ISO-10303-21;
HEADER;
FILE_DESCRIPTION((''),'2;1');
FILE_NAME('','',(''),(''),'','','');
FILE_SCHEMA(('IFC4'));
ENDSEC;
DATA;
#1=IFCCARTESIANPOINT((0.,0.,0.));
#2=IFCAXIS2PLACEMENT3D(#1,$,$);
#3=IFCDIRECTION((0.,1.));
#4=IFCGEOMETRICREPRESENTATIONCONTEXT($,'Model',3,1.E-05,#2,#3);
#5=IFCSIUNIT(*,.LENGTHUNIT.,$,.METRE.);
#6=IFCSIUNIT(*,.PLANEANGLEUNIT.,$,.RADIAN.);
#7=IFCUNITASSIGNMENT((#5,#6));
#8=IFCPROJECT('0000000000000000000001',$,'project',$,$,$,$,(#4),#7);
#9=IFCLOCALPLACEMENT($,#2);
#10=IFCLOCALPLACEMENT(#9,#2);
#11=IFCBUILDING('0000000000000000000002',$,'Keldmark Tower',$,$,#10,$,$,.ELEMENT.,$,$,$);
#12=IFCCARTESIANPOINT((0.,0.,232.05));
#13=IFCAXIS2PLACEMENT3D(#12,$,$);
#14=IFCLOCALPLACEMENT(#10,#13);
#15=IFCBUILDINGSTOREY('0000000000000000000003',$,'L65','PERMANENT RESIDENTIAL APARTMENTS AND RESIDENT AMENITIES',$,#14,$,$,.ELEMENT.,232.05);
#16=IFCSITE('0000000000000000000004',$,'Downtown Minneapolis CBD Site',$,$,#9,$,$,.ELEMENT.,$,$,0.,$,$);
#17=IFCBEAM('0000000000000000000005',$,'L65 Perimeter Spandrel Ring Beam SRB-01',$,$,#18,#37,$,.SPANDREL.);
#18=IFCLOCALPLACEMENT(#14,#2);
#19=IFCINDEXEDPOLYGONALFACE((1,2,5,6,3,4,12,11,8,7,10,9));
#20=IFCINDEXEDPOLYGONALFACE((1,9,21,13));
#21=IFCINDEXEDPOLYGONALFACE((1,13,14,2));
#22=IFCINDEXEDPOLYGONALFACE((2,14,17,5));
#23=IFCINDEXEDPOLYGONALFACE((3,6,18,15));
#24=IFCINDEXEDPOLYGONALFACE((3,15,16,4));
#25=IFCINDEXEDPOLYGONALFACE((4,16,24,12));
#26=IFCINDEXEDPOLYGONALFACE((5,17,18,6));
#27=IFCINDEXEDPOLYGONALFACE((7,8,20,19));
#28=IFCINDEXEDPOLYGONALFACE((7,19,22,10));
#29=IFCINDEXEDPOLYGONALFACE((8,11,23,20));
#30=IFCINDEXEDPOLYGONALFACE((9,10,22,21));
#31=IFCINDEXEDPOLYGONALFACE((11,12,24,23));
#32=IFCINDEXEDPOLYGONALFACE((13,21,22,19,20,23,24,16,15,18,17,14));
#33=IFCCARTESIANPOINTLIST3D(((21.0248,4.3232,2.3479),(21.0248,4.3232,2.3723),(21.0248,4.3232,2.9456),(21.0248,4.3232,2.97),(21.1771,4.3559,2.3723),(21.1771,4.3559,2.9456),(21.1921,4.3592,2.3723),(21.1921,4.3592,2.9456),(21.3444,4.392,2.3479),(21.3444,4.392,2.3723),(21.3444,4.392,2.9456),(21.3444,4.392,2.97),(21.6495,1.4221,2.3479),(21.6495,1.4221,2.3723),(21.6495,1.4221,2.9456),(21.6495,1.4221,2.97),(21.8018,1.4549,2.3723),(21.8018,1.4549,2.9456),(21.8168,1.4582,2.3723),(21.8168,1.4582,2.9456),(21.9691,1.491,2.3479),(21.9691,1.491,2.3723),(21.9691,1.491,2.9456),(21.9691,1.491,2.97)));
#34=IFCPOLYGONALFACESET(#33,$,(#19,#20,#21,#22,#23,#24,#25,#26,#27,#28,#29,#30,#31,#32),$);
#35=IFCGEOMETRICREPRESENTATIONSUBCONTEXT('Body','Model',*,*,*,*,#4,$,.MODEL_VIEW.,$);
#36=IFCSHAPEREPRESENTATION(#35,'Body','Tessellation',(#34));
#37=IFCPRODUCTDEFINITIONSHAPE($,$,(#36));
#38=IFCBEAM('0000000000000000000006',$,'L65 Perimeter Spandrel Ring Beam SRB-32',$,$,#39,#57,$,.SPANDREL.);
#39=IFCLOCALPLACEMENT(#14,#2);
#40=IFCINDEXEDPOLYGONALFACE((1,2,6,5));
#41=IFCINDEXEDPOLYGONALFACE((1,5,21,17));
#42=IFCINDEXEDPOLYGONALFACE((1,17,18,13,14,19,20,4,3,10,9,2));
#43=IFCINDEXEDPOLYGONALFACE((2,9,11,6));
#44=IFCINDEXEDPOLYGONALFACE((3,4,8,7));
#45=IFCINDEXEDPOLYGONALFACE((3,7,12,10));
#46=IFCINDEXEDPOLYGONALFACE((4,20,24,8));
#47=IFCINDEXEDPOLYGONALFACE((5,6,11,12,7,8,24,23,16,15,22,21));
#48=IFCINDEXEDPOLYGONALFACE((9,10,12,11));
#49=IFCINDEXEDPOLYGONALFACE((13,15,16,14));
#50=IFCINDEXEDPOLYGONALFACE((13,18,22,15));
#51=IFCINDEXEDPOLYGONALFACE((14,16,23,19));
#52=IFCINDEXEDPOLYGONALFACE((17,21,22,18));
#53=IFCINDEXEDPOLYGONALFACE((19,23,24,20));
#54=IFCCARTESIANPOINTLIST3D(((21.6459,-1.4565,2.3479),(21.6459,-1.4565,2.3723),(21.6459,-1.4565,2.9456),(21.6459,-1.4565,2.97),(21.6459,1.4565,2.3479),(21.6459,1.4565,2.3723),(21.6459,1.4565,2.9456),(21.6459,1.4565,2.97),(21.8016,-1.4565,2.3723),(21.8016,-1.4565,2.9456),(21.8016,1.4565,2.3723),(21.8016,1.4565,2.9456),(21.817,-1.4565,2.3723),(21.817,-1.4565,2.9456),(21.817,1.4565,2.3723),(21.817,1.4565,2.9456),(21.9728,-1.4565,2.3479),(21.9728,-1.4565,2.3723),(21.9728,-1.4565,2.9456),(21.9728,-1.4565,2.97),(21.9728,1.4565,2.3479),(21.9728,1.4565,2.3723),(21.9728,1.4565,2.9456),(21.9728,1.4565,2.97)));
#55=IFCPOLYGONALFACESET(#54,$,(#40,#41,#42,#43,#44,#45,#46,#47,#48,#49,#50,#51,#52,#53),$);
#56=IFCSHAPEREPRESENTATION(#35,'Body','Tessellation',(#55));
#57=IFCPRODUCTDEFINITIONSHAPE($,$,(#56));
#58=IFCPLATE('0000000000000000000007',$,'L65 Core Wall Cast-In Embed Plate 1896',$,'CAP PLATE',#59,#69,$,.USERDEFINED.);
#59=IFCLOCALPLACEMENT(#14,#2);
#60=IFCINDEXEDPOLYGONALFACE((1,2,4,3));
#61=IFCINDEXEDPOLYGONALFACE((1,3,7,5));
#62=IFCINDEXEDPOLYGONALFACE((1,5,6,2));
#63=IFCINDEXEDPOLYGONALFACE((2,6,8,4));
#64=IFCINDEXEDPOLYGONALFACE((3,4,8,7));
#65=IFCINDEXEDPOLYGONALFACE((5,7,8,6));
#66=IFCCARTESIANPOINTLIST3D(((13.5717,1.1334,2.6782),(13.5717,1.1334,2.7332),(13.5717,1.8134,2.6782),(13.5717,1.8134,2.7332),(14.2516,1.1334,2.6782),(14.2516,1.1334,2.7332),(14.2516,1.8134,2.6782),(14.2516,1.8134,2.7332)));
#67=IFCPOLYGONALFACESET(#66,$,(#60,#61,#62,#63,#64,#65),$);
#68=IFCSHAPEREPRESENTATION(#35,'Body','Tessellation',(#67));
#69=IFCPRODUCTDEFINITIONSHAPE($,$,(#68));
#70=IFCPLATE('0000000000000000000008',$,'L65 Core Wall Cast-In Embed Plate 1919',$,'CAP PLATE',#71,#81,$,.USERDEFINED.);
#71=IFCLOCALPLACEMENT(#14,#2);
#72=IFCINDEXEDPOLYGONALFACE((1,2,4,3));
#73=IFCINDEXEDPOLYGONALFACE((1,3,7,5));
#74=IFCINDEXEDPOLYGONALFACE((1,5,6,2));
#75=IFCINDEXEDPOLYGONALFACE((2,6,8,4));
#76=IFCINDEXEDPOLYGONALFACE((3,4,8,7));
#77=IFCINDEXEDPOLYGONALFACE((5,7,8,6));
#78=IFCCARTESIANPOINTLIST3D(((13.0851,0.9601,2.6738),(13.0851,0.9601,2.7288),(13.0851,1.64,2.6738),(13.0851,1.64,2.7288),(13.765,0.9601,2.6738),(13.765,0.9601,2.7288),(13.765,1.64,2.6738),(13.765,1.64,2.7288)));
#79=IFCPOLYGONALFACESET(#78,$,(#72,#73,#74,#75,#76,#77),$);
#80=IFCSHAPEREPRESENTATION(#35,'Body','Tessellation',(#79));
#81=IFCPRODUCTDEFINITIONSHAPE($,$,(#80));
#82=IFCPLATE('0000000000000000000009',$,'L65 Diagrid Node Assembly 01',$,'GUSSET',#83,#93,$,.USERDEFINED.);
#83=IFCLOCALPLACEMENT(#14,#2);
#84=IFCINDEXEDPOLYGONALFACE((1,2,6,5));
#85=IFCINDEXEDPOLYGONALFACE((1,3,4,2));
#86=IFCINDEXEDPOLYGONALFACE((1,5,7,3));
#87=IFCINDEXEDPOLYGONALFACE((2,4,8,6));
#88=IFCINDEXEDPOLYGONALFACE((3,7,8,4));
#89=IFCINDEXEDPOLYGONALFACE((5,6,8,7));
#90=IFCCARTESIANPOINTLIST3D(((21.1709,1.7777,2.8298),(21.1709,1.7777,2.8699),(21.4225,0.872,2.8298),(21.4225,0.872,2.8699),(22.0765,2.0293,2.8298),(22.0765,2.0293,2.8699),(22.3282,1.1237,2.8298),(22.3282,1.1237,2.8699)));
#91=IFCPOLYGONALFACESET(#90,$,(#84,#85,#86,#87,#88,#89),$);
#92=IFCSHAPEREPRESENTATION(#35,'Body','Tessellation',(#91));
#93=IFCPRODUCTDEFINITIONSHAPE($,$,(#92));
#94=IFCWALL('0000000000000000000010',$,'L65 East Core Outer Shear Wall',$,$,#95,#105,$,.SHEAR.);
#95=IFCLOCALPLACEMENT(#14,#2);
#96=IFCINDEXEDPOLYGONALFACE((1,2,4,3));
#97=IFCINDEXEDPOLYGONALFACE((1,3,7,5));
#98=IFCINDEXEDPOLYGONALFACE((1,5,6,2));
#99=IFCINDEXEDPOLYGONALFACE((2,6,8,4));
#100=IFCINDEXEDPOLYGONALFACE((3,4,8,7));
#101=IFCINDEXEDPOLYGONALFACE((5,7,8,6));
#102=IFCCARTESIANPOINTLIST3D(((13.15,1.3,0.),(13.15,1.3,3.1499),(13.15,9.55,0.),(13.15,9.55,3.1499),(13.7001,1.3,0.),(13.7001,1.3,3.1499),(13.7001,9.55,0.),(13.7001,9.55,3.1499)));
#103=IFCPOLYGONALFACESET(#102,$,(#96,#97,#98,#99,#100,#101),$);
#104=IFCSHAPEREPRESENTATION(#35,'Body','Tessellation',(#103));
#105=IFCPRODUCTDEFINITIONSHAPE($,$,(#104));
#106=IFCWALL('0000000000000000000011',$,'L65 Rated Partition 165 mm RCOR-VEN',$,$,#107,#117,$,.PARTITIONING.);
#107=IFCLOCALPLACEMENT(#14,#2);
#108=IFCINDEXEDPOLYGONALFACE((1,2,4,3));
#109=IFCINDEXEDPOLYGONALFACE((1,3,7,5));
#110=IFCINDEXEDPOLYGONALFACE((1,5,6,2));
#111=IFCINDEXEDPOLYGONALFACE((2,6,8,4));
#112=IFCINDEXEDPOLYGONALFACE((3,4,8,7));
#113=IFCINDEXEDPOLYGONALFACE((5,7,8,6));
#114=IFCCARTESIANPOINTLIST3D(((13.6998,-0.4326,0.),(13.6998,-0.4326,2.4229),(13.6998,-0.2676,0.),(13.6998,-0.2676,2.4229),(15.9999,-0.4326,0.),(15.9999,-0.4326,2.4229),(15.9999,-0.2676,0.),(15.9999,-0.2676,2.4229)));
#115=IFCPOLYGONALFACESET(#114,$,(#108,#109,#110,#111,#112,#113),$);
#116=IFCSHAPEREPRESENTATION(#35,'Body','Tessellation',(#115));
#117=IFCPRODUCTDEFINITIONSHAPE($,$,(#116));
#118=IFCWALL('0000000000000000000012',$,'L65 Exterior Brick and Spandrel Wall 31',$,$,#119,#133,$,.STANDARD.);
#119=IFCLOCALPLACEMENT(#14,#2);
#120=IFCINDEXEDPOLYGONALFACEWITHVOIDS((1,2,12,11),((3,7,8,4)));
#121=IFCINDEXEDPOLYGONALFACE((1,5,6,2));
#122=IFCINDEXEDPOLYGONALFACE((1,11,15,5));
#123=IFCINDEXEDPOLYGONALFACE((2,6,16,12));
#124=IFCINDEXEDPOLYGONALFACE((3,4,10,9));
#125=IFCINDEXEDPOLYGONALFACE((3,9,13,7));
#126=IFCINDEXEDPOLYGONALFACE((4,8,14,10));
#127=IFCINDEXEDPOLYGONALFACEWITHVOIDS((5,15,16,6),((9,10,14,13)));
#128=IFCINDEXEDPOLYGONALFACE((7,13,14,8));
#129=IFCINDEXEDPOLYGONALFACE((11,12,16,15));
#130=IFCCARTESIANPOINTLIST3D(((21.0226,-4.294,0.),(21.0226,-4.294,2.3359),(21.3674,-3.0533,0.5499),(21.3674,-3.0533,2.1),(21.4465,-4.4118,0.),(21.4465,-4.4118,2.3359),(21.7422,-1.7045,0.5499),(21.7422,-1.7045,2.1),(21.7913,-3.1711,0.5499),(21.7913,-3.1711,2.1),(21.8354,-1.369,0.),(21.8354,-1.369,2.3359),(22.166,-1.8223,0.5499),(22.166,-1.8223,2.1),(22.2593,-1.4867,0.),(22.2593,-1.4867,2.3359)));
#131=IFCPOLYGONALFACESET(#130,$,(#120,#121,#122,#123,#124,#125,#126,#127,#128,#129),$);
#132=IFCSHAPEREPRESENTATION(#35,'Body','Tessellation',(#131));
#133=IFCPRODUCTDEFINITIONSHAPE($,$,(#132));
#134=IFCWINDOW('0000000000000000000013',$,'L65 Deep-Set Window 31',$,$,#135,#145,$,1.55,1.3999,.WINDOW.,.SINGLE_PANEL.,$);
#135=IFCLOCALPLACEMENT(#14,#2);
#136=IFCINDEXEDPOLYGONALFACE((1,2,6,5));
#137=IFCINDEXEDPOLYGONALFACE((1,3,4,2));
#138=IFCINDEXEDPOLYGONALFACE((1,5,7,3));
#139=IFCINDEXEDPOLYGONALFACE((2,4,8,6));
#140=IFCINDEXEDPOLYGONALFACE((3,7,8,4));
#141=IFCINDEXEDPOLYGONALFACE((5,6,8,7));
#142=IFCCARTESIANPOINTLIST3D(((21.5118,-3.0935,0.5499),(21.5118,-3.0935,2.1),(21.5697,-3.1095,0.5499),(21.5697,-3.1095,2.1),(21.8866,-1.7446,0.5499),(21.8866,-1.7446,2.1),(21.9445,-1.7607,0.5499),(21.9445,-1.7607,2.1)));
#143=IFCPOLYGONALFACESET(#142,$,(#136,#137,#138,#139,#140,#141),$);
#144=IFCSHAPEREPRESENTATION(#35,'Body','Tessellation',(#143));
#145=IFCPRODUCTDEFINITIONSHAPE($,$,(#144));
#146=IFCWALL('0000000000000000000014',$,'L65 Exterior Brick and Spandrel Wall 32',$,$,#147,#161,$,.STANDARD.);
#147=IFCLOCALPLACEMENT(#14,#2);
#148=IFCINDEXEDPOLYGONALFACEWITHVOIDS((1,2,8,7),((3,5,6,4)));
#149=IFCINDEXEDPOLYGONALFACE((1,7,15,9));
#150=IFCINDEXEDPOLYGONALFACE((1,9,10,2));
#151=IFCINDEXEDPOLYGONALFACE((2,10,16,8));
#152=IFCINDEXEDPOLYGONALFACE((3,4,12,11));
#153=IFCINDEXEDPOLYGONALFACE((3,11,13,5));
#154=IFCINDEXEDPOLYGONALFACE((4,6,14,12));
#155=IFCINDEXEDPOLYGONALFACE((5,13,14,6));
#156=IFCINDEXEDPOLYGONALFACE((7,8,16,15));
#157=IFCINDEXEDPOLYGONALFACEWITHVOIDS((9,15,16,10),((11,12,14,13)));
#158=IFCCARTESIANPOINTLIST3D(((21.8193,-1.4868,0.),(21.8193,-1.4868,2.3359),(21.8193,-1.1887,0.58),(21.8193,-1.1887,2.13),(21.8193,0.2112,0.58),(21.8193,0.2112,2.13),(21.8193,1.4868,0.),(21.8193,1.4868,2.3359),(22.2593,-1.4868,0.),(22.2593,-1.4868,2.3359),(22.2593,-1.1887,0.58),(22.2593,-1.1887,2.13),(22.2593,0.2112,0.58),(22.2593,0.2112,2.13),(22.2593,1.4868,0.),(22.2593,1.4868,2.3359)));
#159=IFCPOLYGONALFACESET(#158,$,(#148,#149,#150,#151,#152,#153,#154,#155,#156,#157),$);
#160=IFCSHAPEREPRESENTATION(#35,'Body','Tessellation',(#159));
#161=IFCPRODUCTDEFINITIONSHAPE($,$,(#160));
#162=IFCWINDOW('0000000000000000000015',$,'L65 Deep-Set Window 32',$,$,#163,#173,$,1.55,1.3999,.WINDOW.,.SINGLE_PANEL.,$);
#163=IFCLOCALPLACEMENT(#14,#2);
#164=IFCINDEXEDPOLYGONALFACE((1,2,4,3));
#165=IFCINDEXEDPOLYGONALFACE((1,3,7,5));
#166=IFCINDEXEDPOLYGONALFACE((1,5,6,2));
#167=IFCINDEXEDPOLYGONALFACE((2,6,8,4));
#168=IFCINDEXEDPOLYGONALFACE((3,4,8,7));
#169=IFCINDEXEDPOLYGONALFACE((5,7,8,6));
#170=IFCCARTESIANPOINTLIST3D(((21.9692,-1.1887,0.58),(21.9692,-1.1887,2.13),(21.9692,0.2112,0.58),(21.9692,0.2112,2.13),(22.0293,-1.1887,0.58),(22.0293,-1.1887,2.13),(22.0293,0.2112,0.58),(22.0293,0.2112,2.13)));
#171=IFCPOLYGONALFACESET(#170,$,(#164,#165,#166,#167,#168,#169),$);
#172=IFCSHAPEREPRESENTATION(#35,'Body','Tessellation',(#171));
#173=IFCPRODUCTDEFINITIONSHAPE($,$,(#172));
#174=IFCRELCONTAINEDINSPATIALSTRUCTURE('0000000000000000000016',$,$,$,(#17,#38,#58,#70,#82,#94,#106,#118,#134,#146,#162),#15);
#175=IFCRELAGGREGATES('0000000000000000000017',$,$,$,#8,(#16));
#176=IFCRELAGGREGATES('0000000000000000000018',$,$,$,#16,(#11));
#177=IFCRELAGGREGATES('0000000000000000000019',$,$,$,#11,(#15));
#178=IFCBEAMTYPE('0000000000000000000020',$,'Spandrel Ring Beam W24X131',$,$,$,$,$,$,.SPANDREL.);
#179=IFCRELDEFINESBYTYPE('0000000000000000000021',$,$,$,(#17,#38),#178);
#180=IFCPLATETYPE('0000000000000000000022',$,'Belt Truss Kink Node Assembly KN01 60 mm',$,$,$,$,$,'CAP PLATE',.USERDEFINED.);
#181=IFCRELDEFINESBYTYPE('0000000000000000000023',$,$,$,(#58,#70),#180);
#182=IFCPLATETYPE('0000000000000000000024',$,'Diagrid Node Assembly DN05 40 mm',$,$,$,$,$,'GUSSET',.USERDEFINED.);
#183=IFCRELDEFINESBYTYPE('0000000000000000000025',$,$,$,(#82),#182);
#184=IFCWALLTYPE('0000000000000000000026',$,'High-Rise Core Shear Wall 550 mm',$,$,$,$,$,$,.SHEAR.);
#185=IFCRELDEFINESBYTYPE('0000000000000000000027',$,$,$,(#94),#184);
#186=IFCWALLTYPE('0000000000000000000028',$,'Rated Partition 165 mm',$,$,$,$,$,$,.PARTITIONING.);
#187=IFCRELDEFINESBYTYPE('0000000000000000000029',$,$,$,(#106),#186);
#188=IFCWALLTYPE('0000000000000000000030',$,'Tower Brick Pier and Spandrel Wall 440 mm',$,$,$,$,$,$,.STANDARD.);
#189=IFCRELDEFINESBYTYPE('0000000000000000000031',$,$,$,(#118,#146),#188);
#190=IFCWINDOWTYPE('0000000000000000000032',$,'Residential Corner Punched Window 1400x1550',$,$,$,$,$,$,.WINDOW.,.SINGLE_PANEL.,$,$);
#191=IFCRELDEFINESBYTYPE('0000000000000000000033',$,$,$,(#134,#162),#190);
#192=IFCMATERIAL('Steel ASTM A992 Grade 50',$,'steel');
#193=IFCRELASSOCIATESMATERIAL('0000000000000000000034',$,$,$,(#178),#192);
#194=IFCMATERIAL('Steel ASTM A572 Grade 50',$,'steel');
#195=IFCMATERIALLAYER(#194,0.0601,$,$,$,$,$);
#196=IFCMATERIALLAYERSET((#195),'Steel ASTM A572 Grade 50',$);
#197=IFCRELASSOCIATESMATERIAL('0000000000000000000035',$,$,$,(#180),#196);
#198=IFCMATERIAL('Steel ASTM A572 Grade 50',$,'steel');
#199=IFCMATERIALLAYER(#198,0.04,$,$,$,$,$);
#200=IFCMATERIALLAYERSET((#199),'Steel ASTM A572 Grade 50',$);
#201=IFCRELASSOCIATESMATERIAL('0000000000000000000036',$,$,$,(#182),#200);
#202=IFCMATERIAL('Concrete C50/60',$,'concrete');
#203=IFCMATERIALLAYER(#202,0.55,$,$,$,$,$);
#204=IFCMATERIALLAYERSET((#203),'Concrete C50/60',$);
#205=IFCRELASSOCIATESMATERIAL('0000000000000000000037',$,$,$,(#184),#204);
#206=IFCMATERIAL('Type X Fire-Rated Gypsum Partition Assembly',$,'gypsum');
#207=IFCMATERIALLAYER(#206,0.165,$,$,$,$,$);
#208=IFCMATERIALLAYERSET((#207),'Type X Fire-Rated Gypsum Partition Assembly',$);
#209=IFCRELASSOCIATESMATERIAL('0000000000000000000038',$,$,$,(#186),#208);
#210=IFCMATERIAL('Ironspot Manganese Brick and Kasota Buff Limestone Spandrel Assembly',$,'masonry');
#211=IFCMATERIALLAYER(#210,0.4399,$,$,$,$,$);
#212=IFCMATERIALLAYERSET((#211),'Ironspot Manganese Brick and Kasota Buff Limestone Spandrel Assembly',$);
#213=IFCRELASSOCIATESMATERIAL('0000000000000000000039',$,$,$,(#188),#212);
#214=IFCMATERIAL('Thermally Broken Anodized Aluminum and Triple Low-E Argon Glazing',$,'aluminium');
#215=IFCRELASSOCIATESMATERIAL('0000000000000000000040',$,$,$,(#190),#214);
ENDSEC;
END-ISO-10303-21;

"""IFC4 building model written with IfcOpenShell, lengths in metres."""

from ifc_helpers import new_model, si_unit, direction, frame, frame_2d, origin, origin_2d, place, context, subcontext, project, spatial, rectangle, i_section, extrude, material, layer, layer_set, material_profile, profile_set, type_object, element, fill, save


model = new_model("IFC4")

# Units and contexts
model_context = context("Model", 3, precision=1e-05, world=origin(), true_north=direction((0.0, 1.0)))
body_context = subcontext(model_context, "Body", "Model", "MODEL_VIEW")
ifc_project = project(units=[si_unit("LENGTHUNIT", "METRE"), si_unit("PLANEANGLEUNIT", "RADIAN")], contexts=[model_context])

# Site, building, storey
site_placement = place(None, origin())
site = spatial("IfcSite", under=ifc_project, at=site_placement, Name="Downtown Minneapolis CBD Site", CompositionType="ELEMENT", RefElevation=0.0)
building_placement = place(site_placement, origin())
building = spatial("IfcBuilding", under=site, at=building_placement, Name="Keldmark Tower", CompositionType="ELEMENT")
storey_placement = place(building_placement, frame((0.0, 0.0, 232.05)))
storey = spatial("IfcBuildingStorey", under=building, at=storey_placement, Name="L65", Description="PERMANENT RESIDENTIAL APARTMENTS AND RESIDENT AMENITIES", CompositionType="ELEMENT", Elevation=232.05)

# Beams
ifc_material_1 = material(Name="Steel ASTM A992 Grade 50", Category="steel")
ifc_material_profile_1 = material_profile(ifc_material_1, i_section(OverallWidth=0.3269, OverallDepth=0.6221, WebThickness=0.0154, FlangeThickness=0.0244, at=origin_2d()), Name="W24X131")
ifc_profile_set_1 = profile_set([ifc_material_profile_1], Name="Steel ASTM A992 Grade 50")
beam_type_1 = type_object("IfcBeamType", Name="Spandrel Ring Beam W24X131", PredefinedType="SPANDREL", material=ifc_profile_set_1)
beam_1_placement = place(storey_placement, frame((21.8093, 1.4565, 2.6589), z_axis=(-0.210523, 0.977589, 0.0), x_axis=(-0.977589, -0.210523, 0.0)))
element("IfcBeam", 1, at=beam_1_placement, inside=storey, type_object=beam_type_1, Name="L65 Perimeter Spandrel Ring Beam SRB-01", PredefinedType="SPANDREL", context=body_context, shape_type="SweptSolid", body=[
    extrude(i_section(OverallWidth=0.3269, OverallDepth=0.6221, WebThickness=0.0154, FlangeThickness=0.0244, at=origin_2d()), origin(), (0.0, 0.0, 1.0), 2.9675),
])
beam_2_placement = place(storey_placement, frame((21.8093, -1.4565, 2.6589), z_axis=(0.0, 1.0, 0.0), x_axis=(-1.0, 0.0, 0.0)))
element("IfcBeam", 2, at=beam_2_placement, inside=storey, type_object=beam_type_1, Name="L65 Perimeter Spandrel Ring Beam SRB-32", PredefinedType="SPANDREL", context=body_context, shape_type="SweptSolid", body=[
    extrude(i_section(OverallWidth=0.3269, OverallDepth=0.6221, WebThickness=0.0154, FlangeThickness=0.0244, at=origin_2d()), origin(), (0.0, 0.0, 1.0), 2.9131),
])

# Plates
ifc_material_2 = material(Name="Steel ASTM A572 Grade 50", Category="steel")
ifc_layer_1 = layer(ifc_material_2, 0.0601)
ifc_layer_set_1 = layer_set([ifc_layer_1], Name="Steel ASTM A572 Grade 50")
plate_type_1 = type_object("IfcPlateType", Name="Belt Truss Kink Node Assembly KN01 60 mm", ElementType="CAP PLATE", PredefinedType="USERDEFINED", material=ifc_layer_set_1)
for number, where, z_axis, x_axis, name in (
    (3, (13.9116, 1.4734, 2.6782), (0.0, 0.0, 1.0), (1.0, 0.0, 0.0), "L65 Core Wall Cast-In Embed Plate 1896"),
    (4, (13.425, 1.3, 2.6738), (0.0, 0.0, 1.0), (1.0, 0.0, 0.0), "L65 Core Wall Cast-In Embed Plate 1919"),
):
    element("IfcPlate", number, at=place(storey_placement, frame(where, z_axis=z_axis, x_axis=x_axis)), inside=storey, type_object=plate_type_1, Name=name, ObjectType="CAP PLATE", PredefinedType="USERDEFINED", context=body_context, shape_type="SweptSolid", body=[
        extrude(rectangle(XDim=0.6799, YDim=0.6799, at=origin_2d()), origin(), (0.0, 0.0, 1.0), 0.0549),
    ])
ifc_material_3 = material(Name="Steel ASTM A572 Grade 50", Category="steel")
ifc_layer_2 = layer(ifc_material_3, 0.04)
ifc_layer_set_2 = layer_set([ifc_layer_2], Name="Steel ASTM A572 Grade 50")
plate_type_2 = type_object("IfcPlateType", Name="Diagrid Node Assembly DN05 40 mm", ElementType="GUSSET", PredefinedType="USERDEFINED", material=ifc_layer_set_2)
plate_placement = place(storey_placement, frame((21.7495, 1.4507, 2.8298), z_axis=(0.0, 0.0, 1.0), x_axis=(-0.267743, 0.96349, 0.0)))
element("IfcPlate", 5, at=plate_placement, inside=storey, type_object=plate_type_2, Name="L65 Diagrid Node Assembly 01", ObjectType="GUSSET", PredefinedType="USERDEFINED", context=body_context, shape_type="SweptSolid", body=[
    extrude(rectangle(XDim=0.9399, YDim=0.9399, at=origin_2d()), origin(), (0.0, 0.0, 1.0), 0.04),
])

# Wall
ifc_material_4 = material(Name="Concrete C50/60", Category="concrete")
ifc_layer_3 = layer(ifc_material_4, 0.55)
ifc_layer_set_3 = layer_set([ifc_layer_3], Name="Concrete C50/60")
wall_type_1 = type_object("IfcWallType", Name="High-Rise Core Shear Wall 550 mm", PredefinedType="SHEAR", material=ifc_layer_set_3)
wall_1_placement = place(storey_placement, frame((13.425, 1.3, 0.0), z_axis=(0.0, 0.0, 1.0), x_axis=(0.0, 1.0, 0.0)))
element("IfcWall", 6, at=wall_1_placement, inside=storey, type_object=wall_type_1, Name="L65 East Core Outer Shear Wall", PredefinedType="SHEAR", context=body_context, shape_type="SweptSolid", body=[
    extrude(rectangle(XDim=8.25, YDim=0.55, at=frame_2d((4.125, 0.0))), origin(), (0.0, 0.0, 1.0), 3.1499),
])

# Shared definitions
ifc_material_5 = material(Name="Type X Fire-Rated Gypsum Partition Assembly", Category="gypsum")
ifc_layer_4 = layer(ifc_material_5, 0.165)
ifc_layer_set_4 = layer_set([ifc_layer_4], Name="Type X Fire-Rated Gypsum Partition Assembly")
wall_type_2 = type_object("IfcWallType", Name="Rated Partition 165 mm", PredefinedType="PARTITIONING", material=ifc_layer_set_4)

# Wall
wall_2_placement = place(storey_placement, frame((13.7, -0.3501, 0.0), z_axis=(0.0, 0.0, 1.0), x_axis=(1.0, 0.0, 0.0)))
element("IfcWall", 7, at=wall_2_placement, inside=storey, type_object=wall_type_2, Name="L65 Rated Partition 165 mm RCOR-VEN", PredefinedType="PARTITIONING", context=body_context, shape_type="SweptSolid", body=[
    extrude(rectangle(XDim=2.3, YDim=0.165, at=frame_2d((1.1499, 0.0))), origin(), (0.0, 0.0, 1.0), 2.4229),
])

# Walls, openings, windows
ifc_material_6 = material(Name="Ironspot Manganese Brick and Kasota Buff Limestone Spandrel Assembly", Category="masonry")
ifc_layer_5 = layer(ifc_material_6, 0.4399)
ifc_layer_set_5 = layer_set([ifc_layer_5], Name="Ironspot Manganese Brick and Kasota Buff Limestone Spandrel Assembly")
wall_type_3 = type_object("IfcWallType", Name="Tower Brick Pier and Spandrel Wall 440 mm", PredefinedType="STANDARD", material=ifc_layer_set_5)
wall_3_placement = place(storey_placement, frame((22.0474, -1.4277, 0.0), z_axis=(0.0, 0.0, 1.0), x_axis=(-0.267714, -0.963498, 0.0)))
wall_3 = element("IfcWall", 8, at=wall_3_placement, inside=storey, type_object=wall_type_3, Name="L65 Exterior Brick and Spandrel Wall 31", PredefinedType="STANDARD", context=body_context, shape_type="SweptSolid", body=[
    extrude(rectangle(XDim=3.0359, YDim=0.4399, at=frame_2d((1.5181, 0.0))), origin(), (0.0, 0.0, 1.0), 2.3359),
])
opening_1_placement = place(wall_3_placement, frame((0.3484, 0.0, 0.55)))
opening_1 = element("IfcOpeningElement", 9, at=opening_1_placement, cuts=wall_3, PredefinedType="OPENING", context=body_context, shape_type="SweptSolid", body=[
    extrude(rectangle(XDim=1.3999, YDim=1.55, at=frame_2d((0.7, 0.7749))), frame((0.0, 0.23, 0.0), z_axis=(0.0, -1.0, 0.0), x_axis=(1.0, 0.0, 0.0)), (0.0, 0.0, 1.0), 0.46),
])
ifc_material_7 = material(Name="Thermally Broken Anodized Aluminum and Triple Low-E Argon Glazing", Category="aluminium")
window_type = type_object("IfcWindowType", Name="Residential Corner Punched Window 1400x1550", PartitioningType="SINGLE_PANEL", PredefinedType="WINDOW", material=ifc_material_7)
window_1_placement = place(opening_1_placement, origin())
window_1 = element("IfcWindow", 10, at=window_1_placement, inside=storey, type_object=window_type, Name="L65 Deep-Set Window 31", OverallHeight=1.55, OverallWidth=1.3999, PartitioningType="SINGLE_PANEL", PredefinedType="WINDOW", context=body_context, shape_type="SweptSolid", body=[
    extrude(rectangle(XDim=1.3999, YDim=1.55, at=frame_2d((0.7, 0.7749))), frame((0.0, -0.01, 0.0), z_axis=(0.0, -1.0, 0.0), x_axis=(1.0, 0.0, 0.0)), (0.0, 0.0, 1.0), 0.0601),
])
fill(opening_1, window_1)
wall_4_placement = place(storey_placement, frame((22.0393, 1.4868, 0.0), z_axis=(0.0, 0.0, 1.0), x_axis=(0.0, -1.0, 0.0)))
wall_4 = element("IfcWall", 11, at=wall_4_placement, inside=storey, type_object=wall_type_3, Name="L65 Exterior Brick and Spandrel Wall 32", PredefinedType="STANDARD", context=body_context, shape_type="SweptSolid", body=[
    extrude(rectangle(XDim=2.9736, YDim=0.4399, at=frame_2d((1.4868, 0.0))), origin(), (0.0, 0.0, 1.0), 2.3359),
])
opening_2_placement = place(wall_4_placement, frame((1.2756, 0.0, 0.5801)))
opening_2 = element("IfcOpeningElement", 12, at=opening_2_placement, cuts=wall_4, PredefinedType="OPENING", context=body_context, shape_type="SweptSolid", body=[
    extrude(rectangle(XDim=1.3999, YDim=1.55, at=frame_2d((0.7, 0.7749))), frame((0.0, 0.23, 0.0), z_axis=(0.0, -1.0, 0.0), x_axis=(1.0, 0.0, 0.0)), (0.0, 0.0, 1.0), 0.46),
])
window_2_placement = place(opening_2_placement, origin())
window_2 = element("IfcWindow", 13, at=window_2_placement, inside=storey, type_object=window_type, Name="L65 Deep-Set Window 32", OverallHeight=1.55, OverallWidth=1.3999, PartitioningType="SINGLE_PANEL", PredefinedType="WINDOW", context=body_context, shape_type="SweptSolid", body=[
    extrude(rectangle(XDim=1.3999, YDim=1.55, at=frame_2d((0.7, 0.7749))), frame((0.0, -0.01, 0.0), z_axis=(0.0, -1.0, 0.0), x_axis=(1.0, 0.0, 0.0)), (0.0, 0.0, 1.0), 0.0601),
])
fill(opening_2, window_2)

save(model, "model.ifc")
